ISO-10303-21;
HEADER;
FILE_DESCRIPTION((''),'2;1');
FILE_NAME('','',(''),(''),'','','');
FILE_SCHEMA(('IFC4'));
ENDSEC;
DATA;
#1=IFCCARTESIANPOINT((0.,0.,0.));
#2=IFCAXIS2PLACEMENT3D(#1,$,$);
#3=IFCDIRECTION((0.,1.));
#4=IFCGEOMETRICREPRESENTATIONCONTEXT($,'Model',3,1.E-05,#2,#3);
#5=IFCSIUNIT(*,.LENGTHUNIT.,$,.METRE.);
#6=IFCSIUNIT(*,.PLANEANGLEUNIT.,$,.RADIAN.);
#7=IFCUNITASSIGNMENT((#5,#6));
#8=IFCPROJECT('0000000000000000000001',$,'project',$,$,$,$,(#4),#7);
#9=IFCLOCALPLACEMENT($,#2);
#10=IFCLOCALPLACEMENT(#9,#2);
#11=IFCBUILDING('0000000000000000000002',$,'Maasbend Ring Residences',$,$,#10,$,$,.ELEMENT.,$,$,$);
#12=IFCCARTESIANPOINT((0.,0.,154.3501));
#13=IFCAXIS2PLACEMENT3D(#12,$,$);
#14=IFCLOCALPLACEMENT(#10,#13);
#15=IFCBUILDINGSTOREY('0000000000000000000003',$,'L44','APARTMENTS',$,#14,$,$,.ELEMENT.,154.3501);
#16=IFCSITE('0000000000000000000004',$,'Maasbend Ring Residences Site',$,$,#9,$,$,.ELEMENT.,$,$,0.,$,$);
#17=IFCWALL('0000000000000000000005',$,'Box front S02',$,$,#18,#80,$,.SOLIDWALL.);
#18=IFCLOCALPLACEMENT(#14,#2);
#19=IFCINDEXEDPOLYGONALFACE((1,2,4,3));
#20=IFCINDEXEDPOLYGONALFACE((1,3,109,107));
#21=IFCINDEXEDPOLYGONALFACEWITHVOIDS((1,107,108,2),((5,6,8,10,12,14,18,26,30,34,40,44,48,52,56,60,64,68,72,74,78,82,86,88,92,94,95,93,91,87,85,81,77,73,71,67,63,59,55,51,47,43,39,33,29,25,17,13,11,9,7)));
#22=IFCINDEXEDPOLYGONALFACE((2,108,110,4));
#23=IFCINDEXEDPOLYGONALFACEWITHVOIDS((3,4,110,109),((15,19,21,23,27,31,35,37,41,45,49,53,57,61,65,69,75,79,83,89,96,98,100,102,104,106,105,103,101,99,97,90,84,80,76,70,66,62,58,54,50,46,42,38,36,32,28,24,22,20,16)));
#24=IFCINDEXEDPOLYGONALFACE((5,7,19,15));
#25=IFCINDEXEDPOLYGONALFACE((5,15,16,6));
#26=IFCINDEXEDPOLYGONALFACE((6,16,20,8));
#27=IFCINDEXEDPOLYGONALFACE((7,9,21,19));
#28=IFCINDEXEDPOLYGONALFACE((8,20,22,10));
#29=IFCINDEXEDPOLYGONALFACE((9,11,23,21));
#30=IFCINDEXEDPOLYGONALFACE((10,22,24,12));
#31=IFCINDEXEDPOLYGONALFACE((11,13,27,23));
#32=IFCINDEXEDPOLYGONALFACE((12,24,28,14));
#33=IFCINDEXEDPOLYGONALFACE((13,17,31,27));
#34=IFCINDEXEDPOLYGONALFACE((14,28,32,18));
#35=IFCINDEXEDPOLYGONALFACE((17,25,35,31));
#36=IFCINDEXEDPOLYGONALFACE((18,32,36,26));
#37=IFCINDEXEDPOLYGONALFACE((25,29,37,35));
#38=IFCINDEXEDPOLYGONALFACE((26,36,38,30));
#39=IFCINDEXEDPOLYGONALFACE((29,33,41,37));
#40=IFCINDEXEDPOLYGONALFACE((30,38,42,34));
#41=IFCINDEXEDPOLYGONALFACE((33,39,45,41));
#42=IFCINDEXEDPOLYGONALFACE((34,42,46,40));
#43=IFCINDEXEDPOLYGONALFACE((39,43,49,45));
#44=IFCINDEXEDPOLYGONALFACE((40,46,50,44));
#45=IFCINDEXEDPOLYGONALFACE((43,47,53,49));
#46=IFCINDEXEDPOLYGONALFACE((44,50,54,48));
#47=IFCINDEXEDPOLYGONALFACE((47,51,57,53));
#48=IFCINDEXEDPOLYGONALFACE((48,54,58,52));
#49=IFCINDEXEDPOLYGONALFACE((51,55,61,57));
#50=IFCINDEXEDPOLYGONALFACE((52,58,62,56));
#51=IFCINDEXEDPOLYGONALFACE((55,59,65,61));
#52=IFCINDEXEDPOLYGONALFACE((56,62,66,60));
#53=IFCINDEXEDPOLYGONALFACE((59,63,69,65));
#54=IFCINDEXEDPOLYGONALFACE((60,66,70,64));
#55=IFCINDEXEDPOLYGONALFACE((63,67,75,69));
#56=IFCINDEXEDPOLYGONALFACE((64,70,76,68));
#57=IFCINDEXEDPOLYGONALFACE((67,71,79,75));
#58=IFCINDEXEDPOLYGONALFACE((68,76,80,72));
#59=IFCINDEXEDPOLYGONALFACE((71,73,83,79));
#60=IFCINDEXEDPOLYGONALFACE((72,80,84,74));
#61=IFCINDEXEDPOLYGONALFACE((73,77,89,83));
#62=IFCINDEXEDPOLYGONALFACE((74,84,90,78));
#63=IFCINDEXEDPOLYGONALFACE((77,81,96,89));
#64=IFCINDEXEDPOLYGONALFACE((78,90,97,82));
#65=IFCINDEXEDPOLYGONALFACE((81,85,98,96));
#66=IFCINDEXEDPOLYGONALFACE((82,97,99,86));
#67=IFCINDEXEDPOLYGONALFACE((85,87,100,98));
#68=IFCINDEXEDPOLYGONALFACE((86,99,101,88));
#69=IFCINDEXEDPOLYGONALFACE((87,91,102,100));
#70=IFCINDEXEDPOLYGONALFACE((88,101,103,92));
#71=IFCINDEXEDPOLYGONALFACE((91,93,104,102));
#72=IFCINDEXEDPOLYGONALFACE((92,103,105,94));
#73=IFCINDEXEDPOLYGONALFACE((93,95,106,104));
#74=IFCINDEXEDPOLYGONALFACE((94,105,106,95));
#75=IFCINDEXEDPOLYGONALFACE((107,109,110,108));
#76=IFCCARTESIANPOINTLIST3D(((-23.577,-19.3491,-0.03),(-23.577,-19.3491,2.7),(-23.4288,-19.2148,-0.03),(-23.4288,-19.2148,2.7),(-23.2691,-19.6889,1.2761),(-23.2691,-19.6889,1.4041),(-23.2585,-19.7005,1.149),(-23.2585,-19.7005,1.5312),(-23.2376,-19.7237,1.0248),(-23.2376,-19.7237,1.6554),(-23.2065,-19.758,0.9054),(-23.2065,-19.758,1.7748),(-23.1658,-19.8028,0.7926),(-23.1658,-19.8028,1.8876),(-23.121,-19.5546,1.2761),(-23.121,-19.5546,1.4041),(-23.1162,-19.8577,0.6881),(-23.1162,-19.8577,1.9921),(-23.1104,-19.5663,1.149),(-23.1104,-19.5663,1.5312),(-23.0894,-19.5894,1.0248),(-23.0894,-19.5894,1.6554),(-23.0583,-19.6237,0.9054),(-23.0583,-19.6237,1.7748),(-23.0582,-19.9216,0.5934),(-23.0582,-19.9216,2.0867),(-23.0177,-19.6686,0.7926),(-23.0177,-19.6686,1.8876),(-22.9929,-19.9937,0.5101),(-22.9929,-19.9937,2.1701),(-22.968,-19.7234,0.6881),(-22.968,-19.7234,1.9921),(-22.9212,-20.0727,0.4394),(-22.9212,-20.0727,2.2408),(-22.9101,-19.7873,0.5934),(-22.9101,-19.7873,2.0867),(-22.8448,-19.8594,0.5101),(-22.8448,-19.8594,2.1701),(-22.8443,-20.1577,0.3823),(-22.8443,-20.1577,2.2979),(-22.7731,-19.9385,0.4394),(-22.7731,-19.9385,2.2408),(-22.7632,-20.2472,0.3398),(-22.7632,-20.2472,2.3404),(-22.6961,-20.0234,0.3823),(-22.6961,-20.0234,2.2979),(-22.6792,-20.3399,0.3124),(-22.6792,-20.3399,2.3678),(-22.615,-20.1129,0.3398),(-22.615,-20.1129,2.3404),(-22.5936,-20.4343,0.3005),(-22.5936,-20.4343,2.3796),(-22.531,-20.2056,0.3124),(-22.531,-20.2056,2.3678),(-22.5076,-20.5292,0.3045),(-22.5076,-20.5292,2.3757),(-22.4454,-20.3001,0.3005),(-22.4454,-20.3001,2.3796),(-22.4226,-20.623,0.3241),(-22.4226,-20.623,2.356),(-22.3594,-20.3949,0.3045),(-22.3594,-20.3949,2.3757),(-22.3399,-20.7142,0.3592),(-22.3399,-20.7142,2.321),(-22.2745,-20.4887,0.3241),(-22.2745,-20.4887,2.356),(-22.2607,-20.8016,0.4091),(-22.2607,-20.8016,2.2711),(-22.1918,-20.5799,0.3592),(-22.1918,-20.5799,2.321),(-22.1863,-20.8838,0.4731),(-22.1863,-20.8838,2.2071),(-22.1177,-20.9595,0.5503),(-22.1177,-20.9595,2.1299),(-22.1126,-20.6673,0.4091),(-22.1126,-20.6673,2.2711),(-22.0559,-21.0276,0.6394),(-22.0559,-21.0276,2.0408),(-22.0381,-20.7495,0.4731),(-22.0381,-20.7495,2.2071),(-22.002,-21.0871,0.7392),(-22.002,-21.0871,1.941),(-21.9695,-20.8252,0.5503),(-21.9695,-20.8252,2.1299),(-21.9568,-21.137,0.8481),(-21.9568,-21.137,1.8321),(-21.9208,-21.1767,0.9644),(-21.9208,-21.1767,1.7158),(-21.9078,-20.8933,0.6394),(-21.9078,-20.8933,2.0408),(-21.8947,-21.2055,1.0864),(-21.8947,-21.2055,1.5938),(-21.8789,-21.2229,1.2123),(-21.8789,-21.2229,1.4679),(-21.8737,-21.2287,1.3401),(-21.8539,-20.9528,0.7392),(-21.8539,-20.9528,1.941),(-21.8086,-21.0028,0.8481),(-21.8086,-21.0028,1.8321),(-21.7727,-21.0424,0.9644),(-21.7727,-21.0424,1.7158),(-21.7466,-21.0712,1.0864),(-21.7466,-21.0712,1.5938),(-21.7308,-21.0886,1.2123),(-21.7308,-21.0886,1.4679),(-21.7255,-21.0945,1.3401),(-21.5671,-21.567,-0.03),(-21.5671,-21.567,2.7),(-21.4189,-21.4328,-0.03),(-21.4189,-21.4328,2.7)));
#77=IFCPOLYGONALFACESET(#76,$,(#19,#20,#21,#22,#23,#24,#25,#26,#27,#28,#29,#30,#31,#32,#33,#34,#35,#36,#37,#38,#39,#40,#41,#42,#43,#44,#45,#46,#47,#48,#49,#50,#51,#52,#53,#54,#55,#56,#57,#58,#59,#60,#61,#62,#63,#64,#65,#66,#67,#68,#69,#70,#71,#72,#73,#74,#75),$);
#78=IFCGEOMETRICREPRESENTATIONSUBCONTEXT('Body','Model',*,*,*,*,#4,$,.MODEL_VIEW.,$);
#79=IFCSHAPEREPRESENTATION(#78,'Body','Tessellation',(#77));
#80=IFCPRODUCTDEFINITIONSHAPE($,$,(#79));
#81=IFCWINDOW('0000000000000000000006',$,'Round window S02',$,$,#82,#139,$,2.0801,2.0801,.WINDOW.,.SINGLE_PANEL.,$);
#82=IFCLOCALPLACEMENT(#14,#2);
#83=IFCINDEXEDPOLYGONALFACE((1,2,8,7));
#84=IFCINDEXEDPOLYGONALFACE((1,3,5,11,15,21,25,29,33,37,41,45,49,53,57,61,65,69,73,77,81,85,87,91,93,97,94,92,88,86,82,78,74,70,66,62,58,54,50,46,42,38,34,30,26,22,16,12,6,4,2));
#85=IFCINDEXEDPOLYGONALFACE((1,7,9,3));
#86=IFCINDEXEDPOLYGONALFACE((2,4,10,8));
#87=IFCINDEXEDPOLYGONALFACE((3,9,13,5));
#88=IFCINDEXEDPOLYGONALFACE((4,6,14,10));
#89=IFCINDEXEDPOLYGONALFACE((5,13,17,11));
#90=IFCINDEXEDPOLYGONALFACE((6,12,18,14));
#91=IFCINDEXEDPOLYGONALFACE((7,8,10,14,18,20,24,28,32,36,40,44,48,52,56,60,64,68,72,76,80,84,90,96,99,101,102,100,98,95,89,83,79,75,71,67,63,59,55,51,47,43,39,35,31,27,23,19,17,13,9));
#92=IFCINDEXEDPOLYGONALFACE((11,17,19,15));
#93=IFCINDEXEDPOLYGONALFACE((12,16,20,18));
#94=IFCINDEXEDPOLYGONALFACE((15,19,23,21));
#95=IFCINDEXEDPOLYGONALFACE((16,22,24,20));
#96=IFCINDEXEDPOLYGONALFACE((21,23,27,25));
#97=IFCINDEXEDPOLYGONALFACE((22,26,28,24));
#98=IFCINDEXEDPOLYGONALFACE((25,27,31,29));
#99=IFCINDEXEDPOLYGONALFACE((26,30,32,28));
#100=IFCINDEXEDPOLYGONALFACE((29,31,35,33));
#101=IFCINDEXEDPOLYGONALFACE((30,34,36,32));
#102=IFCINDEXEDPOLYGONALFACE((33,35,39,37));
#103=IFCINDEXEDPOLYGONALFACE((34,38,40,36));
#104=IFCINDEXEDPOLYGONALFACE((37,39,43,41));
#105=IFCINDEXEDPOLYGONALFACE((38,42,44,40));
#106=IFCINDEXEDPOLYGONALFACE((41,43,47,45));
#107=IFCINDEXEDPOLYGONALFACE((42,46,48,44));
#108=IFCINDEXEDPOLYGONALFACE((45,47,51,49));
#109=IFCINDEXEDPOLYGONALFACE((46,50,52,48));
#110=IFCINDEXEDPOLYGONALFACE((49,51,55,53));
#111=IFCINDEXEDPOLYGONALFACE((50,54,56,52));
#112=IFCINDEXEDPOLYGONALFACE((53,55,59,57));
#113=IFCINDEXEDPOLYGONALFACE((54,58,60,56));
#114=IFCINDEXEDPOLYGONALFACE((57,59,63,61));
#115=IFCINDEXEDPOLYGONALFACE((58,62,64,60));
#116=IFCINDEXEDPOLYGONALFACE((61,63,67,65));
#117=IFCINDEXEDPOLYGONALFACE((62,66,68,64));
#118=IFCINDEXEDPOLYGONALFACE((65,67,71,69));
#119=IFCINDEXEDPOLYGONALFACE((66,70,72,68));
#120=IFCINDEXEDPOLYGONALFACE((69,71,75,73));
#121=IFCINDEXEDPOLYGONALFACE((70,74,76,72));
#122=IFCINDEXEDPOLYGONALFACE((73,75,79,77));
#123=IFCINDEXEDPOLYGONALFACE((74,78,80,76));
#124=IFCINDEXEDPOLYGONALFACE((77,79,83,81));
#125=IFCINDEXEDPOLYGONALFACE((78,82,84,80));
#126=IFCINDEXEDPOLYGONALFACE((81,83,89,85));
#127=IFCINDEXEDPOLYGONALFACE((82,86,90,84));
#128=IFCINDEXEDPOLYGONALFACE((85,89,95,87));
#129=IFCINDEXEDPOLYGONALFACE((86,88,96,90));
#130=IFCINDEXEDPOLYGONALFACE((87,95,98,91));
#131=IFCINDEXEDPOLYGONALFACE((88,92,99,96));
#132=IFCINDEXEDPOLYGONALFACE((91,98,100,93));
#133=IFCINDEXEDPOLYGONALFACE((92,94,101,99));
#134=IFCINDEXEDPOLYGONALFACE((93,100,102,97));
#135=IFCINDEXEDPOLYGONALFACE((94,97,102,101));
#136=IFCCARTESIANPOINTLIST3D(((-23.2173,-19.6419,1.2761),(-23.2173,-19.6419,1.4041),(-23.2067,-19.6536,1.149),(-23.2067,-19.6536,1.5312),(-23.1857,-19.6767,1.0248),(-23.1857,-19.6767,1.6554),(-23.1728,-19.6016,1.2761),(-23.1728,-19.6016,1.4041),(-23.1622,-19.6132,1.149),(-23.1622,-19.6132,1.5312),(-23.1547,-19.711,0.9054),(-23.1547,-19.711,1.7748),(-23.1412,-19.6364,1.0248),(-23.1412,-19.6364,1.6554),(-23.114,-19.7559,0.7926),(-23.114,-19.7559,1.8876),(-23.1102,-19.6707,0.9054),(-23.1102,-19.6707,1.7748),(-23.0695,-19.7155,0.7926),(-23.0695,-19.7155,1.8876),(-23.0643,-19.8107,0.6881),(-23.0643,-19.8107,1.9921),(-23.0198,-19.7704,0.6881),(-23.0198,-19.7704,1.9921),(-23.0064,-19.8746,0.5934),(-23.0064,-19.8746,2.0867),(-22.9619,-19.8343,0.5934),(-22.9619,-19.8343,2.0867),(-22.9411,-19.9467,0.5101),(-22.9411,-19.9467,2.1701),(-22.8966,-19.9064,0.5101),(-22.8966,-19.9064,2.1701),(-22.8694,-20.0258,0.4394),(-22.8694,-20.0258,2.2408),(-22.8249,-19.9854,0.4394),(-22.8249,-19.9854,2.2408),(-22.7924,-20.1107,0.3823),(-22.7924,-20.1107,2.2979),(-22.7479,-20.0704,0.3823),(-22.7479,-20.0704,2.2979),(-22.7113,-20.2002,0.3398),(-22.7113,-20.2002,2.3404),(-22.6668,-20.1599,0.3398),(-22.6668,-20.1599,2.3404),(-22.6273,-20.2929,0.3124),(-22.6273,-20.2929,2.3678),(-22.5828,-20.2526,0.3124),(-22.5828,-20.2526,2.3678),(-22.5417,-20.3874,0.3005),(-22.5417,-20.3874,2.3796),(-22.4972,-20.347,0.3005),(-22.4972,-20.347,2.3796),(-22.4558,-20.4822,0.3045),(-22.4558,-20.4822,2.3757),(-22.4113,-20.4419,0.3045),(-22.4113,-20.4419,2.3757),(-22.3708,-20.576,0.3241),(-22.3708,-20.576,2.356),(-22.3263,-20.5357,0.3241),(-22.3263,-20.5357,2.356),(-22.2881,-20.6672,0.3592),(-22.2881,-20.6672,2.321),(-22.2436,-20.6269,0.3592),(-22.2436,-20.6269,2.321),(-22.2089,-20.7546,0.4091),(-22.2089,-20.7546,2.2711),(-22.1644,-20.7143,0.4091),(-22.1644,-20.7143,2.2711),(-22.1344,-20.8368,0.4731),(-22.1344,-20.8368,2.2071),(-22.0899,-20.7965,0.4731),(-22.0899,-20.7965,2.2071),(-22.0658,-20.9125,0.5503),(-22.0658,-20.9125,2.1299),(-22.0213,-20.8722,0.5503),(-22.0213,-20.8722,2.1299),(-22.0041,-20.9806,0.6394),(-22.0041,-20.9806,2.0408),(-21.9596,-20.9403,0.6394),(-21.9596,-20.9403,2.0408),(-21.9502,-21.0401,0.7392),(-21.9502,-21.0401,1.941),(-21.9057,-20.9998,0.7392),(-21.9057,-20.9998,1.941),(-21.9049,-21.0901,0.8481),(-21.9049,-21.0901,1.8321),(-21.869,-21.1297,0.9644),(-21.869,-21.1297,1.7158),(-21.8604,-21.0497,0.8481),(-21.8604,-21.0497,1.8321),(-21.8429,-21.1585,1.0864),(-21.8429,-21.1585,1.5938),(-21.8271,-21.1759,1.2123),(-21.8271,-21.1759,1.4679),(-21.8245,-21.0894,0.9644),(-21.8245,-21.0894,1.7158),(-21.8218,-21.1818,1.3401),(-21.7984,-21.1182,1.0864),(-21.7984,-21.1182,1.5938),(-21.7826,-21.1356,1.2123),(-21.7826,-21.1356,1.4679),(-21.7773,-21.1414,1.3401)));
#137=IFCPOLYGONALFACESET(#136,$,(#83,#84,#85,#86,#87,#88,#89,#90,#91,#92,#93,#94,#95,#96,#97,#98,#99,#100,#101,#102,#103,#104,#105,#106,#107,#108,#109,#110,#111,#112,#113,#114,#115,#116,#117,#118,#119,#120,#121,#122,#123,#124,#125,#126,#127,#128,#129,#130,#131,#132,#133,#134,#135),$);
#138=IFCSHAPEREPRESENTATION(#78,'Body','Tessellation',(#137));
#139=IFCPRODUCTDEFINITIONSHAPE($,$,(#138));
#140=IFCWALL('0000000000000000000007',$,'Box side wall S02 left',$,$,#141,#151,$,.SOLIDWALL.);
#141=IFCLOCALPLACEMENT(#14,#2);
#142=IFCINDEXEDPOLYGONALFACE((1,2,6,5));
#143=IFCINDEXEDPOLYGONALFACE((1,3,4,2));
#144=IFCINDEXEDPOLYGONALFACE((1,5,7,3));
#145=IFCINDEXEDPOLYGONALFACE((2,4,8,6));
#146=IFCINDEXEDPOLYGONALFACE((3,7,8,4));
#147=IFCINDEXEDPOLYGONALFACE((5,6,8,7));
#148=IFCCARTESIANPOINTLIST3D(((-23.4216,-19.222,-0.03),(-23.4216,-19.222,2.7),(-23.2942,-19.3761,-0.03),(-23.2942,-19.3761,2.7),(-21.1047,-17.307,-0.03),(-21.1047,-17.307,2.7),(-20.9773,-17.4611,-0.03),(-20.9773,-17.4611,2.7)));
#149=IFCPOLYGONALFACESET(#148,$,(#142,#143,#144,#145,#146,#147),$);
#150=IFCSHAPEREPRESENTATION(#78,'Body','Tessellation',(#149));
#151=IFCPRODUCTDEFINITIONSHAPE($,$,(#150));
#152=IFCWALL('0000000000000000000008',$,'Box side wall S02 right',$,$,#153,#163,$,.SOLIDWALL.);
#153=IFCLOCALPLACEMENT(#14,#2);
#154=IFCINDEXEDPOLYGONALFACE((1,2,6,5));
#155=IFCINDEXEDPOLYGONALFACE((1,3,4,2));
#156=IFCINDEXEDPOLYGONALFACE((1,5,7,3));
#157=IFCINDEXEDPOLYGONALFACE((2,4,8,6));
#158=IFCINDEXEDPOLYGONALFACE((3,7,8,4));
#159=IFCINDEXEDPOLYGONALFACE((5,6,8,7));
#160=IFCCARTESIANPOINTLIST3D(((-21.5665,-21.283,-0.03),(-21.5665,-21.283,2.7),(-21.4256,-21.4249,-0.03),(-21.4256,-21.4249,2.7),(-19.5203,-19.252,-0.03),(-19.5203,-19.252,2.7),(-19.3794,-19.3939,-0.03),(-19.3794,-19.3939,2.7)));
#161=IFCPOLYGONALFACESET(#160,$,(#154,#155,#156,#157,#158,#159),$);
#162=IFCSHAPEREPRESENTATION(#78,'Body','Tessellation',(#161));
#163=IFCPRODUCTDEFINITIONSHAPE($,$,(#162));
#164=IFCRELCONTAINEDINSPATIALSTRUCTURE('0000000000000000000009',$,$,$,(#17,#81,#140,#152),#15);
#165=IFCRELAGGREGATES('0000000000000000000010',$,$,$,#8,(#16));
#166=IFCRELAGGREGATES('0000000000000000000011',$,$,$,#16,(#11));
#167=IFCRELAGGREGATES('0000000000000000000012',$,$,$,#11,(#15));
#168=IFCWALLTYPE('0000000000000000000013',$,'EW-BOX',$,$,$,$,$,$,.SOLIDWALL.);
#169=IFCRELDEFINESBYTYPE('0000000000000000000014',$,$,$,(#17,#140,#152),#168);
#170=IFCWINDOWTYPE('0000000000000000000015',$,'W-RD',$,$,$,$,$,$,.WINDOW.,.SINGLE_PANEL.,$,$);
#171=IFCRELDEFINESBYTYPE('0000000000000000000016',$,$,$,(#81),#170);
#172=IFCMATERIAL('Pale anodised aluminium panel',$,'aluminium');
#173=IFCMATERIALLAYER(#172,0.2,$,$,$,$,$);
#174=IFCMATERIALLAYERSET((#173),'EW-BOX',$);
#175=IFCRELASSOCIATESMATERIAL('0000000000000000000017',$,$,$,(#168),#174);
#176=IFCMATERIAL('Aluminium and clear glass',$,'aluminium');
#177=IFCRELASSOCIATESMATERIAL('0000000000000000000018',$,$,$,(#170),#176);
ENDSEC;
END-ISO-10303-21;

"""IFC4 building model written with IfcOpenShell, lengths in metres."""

from ifc_helpers import new_model, si_unit, direction, frame, frame_2d, origin, place, context, subcontext, project, spatial, rectangle, circle, extrude, material, layer, layer_set, type_object, element, fill, save


model = new_model("IFC4")

# Units and contexts
model_context = context("Model", 3, precision=1e-05, world=origin(), true_north=direction((0.0, 1.0)))
body_context = subcontext(model_context, "Body", "Model", "MODEL_VIEW")
ifc_project = project(units=[si_unit("LENGTHUNIT", "METRE"), si_unit("PLANEANGLEUNIT", "RADIAN")], contexts=[model_context])

# Site, building, storey
site_placement = place(None, origin())
site = spatial("IfcSite", under=ifc_project, at=site_placement, Name="Maasbend Ring Residences Site", CompositionType="ELEMENT", RefElevation=0.0)
building_placement = place(site_placement, origin())
building = spatial("IfcBuilding", under=site, at=building_placement, Name="Maasbend Ring Residences", CompositionType="ELEMENT")
storey_placement = place(building_placement, frame((0.0, 0.0, 154.3501)))
storey = spatial("IfcBuildingStorey", under=building, at=storey_placement, Name="L44", Description="APARTMENTS", CompositionType="ELEMENT", Elevation=154.3501)

# Wall, opening, window
ifc_material_1 = material(Name="Pale anodised aluminium panel", Category="aluminium")
ifc_layer_1 = layer(ifc_material_1, 0.2)
ifc_layer_set_1 = layer_set([ifc_layer_1], Name="EW-BOX")
wall_type_1 = type_object("IfcWallType", Name="EW-BOX", PredefinedType="SOLIDWALL", material=ifc_layer_set_1)
wall_1_placement = place(storey_placement, frame((-23.5029, -19.282, -0.03), z_axis=(0.0, 0.0, 1.0), x_axis=(0.671507, -0.740998, 0.0)))
wall_1 = element("IfcWall", 1, at=wall_1_placement, inside=storey, type_object=wall_type_1, Name="Box front S02", PredefinedType="SOLIDWALL", context=body_context, shape_type="SweptSolid", body=[
    extrude(rectangle(XDim=2.9932, YDim=0.2, at=frame_2d((1.4966, 0.0))), origin(), (0.0, 0.0, 1.0), 2.73),
])
opening_1_placement = place(wall_1_placement, frame((0.4565, 0.0, 0.3301)))
opening_1 = element("IfcOpeningElement", 2, at=opening_1_placement, cuts=wall_1, PredefinedType="OPENING", context=body_context, shape_type="SweptSolid", body=[
    extrude(circle(Radius=1.04, at=frame_2d((1.04, 1.04))), frame((0.0, 0.1099, 0.0), z_axis=(0.0, -1.0, 0.0), x_axis=(1.0, 0.0, 0.0)), (0.0, 0.0, 1.0), 0.22),
])
ifc_material_2 = material(Name="Aluminium and clear glass", Category="aluminium")
window_type_1 = type_object("IfcWindowType", Name="W-RD", PartitioningType="SINGLE_PANEL", PredefinedType="WINDOW", material=ifc_material_2)
window_1_placement = place(opening_1_placement, origin())
window_1 = element("IfcWindow", 3, at=window_1_placement, inside=storey, type_object=window_type_1, Name="Round window S02", OverallHeight=2.0801, OverallWidth=2.0801, PartitioningType="SINGLE_PANEL", PredefinedType="WINDOW", context=body_context, shape_type="SweptSolid", body=[
    extrude(circle(Radius=1.04, at=frame_2d((1.04, 1.04))), frame((0.0, 0.03, 0.0), z_axis=(0.0, -1.0, 0.0), x_axis=(1.0, 0.0, 0.0)), (0.0, 0.0, 1.0), 0.0601),
])
fill(opening_1, window_1)

# Walls
wall_2_placement = place(storey_placement, frame((-21.041, -17.384, -0.03), z_axis=(0.0, 0.0, 1.0), x_axis=(-0.770785, -0.637096, 0.0)))
element("IfcWall", 4, at=wall_2_placement, inside=storey, type_object=wall_type_1, Name="Box side wall S02 left", PredefinedType="SOLIDWALL", context=body_context, shape_type="SweptSolid", body=[
    extrude(rectangle(XDim=3.0059, YDim=0.2, at=frame_2d((1.5029, 0.0))), origin(), (0.0, 0.0, 1.0), 2.73),
])
wall_3_placement = place(storey_placement, frame((-19.45, -19.323, -0.03), z_axis=(0.0, 0.0, 1.0), x_axis=(-0.709727, -0.704477, 0.0)))
element("IfcWall", 5, at=wall_3_placement, inside=storey, type_object=wall_type_1, Name="Box side wall S02 right", PredefinedType="SOLIDWALL", context=body_context, shape_type="SweptSolid", body=[
    extrude(rectangle(XDim=2.8831, YDim=0.2, at=frame_2d((1.4414, 0.0))), origin(), (0.0, 0.0, 1.0), 2.73),
])

save(model, "model.ifc")
